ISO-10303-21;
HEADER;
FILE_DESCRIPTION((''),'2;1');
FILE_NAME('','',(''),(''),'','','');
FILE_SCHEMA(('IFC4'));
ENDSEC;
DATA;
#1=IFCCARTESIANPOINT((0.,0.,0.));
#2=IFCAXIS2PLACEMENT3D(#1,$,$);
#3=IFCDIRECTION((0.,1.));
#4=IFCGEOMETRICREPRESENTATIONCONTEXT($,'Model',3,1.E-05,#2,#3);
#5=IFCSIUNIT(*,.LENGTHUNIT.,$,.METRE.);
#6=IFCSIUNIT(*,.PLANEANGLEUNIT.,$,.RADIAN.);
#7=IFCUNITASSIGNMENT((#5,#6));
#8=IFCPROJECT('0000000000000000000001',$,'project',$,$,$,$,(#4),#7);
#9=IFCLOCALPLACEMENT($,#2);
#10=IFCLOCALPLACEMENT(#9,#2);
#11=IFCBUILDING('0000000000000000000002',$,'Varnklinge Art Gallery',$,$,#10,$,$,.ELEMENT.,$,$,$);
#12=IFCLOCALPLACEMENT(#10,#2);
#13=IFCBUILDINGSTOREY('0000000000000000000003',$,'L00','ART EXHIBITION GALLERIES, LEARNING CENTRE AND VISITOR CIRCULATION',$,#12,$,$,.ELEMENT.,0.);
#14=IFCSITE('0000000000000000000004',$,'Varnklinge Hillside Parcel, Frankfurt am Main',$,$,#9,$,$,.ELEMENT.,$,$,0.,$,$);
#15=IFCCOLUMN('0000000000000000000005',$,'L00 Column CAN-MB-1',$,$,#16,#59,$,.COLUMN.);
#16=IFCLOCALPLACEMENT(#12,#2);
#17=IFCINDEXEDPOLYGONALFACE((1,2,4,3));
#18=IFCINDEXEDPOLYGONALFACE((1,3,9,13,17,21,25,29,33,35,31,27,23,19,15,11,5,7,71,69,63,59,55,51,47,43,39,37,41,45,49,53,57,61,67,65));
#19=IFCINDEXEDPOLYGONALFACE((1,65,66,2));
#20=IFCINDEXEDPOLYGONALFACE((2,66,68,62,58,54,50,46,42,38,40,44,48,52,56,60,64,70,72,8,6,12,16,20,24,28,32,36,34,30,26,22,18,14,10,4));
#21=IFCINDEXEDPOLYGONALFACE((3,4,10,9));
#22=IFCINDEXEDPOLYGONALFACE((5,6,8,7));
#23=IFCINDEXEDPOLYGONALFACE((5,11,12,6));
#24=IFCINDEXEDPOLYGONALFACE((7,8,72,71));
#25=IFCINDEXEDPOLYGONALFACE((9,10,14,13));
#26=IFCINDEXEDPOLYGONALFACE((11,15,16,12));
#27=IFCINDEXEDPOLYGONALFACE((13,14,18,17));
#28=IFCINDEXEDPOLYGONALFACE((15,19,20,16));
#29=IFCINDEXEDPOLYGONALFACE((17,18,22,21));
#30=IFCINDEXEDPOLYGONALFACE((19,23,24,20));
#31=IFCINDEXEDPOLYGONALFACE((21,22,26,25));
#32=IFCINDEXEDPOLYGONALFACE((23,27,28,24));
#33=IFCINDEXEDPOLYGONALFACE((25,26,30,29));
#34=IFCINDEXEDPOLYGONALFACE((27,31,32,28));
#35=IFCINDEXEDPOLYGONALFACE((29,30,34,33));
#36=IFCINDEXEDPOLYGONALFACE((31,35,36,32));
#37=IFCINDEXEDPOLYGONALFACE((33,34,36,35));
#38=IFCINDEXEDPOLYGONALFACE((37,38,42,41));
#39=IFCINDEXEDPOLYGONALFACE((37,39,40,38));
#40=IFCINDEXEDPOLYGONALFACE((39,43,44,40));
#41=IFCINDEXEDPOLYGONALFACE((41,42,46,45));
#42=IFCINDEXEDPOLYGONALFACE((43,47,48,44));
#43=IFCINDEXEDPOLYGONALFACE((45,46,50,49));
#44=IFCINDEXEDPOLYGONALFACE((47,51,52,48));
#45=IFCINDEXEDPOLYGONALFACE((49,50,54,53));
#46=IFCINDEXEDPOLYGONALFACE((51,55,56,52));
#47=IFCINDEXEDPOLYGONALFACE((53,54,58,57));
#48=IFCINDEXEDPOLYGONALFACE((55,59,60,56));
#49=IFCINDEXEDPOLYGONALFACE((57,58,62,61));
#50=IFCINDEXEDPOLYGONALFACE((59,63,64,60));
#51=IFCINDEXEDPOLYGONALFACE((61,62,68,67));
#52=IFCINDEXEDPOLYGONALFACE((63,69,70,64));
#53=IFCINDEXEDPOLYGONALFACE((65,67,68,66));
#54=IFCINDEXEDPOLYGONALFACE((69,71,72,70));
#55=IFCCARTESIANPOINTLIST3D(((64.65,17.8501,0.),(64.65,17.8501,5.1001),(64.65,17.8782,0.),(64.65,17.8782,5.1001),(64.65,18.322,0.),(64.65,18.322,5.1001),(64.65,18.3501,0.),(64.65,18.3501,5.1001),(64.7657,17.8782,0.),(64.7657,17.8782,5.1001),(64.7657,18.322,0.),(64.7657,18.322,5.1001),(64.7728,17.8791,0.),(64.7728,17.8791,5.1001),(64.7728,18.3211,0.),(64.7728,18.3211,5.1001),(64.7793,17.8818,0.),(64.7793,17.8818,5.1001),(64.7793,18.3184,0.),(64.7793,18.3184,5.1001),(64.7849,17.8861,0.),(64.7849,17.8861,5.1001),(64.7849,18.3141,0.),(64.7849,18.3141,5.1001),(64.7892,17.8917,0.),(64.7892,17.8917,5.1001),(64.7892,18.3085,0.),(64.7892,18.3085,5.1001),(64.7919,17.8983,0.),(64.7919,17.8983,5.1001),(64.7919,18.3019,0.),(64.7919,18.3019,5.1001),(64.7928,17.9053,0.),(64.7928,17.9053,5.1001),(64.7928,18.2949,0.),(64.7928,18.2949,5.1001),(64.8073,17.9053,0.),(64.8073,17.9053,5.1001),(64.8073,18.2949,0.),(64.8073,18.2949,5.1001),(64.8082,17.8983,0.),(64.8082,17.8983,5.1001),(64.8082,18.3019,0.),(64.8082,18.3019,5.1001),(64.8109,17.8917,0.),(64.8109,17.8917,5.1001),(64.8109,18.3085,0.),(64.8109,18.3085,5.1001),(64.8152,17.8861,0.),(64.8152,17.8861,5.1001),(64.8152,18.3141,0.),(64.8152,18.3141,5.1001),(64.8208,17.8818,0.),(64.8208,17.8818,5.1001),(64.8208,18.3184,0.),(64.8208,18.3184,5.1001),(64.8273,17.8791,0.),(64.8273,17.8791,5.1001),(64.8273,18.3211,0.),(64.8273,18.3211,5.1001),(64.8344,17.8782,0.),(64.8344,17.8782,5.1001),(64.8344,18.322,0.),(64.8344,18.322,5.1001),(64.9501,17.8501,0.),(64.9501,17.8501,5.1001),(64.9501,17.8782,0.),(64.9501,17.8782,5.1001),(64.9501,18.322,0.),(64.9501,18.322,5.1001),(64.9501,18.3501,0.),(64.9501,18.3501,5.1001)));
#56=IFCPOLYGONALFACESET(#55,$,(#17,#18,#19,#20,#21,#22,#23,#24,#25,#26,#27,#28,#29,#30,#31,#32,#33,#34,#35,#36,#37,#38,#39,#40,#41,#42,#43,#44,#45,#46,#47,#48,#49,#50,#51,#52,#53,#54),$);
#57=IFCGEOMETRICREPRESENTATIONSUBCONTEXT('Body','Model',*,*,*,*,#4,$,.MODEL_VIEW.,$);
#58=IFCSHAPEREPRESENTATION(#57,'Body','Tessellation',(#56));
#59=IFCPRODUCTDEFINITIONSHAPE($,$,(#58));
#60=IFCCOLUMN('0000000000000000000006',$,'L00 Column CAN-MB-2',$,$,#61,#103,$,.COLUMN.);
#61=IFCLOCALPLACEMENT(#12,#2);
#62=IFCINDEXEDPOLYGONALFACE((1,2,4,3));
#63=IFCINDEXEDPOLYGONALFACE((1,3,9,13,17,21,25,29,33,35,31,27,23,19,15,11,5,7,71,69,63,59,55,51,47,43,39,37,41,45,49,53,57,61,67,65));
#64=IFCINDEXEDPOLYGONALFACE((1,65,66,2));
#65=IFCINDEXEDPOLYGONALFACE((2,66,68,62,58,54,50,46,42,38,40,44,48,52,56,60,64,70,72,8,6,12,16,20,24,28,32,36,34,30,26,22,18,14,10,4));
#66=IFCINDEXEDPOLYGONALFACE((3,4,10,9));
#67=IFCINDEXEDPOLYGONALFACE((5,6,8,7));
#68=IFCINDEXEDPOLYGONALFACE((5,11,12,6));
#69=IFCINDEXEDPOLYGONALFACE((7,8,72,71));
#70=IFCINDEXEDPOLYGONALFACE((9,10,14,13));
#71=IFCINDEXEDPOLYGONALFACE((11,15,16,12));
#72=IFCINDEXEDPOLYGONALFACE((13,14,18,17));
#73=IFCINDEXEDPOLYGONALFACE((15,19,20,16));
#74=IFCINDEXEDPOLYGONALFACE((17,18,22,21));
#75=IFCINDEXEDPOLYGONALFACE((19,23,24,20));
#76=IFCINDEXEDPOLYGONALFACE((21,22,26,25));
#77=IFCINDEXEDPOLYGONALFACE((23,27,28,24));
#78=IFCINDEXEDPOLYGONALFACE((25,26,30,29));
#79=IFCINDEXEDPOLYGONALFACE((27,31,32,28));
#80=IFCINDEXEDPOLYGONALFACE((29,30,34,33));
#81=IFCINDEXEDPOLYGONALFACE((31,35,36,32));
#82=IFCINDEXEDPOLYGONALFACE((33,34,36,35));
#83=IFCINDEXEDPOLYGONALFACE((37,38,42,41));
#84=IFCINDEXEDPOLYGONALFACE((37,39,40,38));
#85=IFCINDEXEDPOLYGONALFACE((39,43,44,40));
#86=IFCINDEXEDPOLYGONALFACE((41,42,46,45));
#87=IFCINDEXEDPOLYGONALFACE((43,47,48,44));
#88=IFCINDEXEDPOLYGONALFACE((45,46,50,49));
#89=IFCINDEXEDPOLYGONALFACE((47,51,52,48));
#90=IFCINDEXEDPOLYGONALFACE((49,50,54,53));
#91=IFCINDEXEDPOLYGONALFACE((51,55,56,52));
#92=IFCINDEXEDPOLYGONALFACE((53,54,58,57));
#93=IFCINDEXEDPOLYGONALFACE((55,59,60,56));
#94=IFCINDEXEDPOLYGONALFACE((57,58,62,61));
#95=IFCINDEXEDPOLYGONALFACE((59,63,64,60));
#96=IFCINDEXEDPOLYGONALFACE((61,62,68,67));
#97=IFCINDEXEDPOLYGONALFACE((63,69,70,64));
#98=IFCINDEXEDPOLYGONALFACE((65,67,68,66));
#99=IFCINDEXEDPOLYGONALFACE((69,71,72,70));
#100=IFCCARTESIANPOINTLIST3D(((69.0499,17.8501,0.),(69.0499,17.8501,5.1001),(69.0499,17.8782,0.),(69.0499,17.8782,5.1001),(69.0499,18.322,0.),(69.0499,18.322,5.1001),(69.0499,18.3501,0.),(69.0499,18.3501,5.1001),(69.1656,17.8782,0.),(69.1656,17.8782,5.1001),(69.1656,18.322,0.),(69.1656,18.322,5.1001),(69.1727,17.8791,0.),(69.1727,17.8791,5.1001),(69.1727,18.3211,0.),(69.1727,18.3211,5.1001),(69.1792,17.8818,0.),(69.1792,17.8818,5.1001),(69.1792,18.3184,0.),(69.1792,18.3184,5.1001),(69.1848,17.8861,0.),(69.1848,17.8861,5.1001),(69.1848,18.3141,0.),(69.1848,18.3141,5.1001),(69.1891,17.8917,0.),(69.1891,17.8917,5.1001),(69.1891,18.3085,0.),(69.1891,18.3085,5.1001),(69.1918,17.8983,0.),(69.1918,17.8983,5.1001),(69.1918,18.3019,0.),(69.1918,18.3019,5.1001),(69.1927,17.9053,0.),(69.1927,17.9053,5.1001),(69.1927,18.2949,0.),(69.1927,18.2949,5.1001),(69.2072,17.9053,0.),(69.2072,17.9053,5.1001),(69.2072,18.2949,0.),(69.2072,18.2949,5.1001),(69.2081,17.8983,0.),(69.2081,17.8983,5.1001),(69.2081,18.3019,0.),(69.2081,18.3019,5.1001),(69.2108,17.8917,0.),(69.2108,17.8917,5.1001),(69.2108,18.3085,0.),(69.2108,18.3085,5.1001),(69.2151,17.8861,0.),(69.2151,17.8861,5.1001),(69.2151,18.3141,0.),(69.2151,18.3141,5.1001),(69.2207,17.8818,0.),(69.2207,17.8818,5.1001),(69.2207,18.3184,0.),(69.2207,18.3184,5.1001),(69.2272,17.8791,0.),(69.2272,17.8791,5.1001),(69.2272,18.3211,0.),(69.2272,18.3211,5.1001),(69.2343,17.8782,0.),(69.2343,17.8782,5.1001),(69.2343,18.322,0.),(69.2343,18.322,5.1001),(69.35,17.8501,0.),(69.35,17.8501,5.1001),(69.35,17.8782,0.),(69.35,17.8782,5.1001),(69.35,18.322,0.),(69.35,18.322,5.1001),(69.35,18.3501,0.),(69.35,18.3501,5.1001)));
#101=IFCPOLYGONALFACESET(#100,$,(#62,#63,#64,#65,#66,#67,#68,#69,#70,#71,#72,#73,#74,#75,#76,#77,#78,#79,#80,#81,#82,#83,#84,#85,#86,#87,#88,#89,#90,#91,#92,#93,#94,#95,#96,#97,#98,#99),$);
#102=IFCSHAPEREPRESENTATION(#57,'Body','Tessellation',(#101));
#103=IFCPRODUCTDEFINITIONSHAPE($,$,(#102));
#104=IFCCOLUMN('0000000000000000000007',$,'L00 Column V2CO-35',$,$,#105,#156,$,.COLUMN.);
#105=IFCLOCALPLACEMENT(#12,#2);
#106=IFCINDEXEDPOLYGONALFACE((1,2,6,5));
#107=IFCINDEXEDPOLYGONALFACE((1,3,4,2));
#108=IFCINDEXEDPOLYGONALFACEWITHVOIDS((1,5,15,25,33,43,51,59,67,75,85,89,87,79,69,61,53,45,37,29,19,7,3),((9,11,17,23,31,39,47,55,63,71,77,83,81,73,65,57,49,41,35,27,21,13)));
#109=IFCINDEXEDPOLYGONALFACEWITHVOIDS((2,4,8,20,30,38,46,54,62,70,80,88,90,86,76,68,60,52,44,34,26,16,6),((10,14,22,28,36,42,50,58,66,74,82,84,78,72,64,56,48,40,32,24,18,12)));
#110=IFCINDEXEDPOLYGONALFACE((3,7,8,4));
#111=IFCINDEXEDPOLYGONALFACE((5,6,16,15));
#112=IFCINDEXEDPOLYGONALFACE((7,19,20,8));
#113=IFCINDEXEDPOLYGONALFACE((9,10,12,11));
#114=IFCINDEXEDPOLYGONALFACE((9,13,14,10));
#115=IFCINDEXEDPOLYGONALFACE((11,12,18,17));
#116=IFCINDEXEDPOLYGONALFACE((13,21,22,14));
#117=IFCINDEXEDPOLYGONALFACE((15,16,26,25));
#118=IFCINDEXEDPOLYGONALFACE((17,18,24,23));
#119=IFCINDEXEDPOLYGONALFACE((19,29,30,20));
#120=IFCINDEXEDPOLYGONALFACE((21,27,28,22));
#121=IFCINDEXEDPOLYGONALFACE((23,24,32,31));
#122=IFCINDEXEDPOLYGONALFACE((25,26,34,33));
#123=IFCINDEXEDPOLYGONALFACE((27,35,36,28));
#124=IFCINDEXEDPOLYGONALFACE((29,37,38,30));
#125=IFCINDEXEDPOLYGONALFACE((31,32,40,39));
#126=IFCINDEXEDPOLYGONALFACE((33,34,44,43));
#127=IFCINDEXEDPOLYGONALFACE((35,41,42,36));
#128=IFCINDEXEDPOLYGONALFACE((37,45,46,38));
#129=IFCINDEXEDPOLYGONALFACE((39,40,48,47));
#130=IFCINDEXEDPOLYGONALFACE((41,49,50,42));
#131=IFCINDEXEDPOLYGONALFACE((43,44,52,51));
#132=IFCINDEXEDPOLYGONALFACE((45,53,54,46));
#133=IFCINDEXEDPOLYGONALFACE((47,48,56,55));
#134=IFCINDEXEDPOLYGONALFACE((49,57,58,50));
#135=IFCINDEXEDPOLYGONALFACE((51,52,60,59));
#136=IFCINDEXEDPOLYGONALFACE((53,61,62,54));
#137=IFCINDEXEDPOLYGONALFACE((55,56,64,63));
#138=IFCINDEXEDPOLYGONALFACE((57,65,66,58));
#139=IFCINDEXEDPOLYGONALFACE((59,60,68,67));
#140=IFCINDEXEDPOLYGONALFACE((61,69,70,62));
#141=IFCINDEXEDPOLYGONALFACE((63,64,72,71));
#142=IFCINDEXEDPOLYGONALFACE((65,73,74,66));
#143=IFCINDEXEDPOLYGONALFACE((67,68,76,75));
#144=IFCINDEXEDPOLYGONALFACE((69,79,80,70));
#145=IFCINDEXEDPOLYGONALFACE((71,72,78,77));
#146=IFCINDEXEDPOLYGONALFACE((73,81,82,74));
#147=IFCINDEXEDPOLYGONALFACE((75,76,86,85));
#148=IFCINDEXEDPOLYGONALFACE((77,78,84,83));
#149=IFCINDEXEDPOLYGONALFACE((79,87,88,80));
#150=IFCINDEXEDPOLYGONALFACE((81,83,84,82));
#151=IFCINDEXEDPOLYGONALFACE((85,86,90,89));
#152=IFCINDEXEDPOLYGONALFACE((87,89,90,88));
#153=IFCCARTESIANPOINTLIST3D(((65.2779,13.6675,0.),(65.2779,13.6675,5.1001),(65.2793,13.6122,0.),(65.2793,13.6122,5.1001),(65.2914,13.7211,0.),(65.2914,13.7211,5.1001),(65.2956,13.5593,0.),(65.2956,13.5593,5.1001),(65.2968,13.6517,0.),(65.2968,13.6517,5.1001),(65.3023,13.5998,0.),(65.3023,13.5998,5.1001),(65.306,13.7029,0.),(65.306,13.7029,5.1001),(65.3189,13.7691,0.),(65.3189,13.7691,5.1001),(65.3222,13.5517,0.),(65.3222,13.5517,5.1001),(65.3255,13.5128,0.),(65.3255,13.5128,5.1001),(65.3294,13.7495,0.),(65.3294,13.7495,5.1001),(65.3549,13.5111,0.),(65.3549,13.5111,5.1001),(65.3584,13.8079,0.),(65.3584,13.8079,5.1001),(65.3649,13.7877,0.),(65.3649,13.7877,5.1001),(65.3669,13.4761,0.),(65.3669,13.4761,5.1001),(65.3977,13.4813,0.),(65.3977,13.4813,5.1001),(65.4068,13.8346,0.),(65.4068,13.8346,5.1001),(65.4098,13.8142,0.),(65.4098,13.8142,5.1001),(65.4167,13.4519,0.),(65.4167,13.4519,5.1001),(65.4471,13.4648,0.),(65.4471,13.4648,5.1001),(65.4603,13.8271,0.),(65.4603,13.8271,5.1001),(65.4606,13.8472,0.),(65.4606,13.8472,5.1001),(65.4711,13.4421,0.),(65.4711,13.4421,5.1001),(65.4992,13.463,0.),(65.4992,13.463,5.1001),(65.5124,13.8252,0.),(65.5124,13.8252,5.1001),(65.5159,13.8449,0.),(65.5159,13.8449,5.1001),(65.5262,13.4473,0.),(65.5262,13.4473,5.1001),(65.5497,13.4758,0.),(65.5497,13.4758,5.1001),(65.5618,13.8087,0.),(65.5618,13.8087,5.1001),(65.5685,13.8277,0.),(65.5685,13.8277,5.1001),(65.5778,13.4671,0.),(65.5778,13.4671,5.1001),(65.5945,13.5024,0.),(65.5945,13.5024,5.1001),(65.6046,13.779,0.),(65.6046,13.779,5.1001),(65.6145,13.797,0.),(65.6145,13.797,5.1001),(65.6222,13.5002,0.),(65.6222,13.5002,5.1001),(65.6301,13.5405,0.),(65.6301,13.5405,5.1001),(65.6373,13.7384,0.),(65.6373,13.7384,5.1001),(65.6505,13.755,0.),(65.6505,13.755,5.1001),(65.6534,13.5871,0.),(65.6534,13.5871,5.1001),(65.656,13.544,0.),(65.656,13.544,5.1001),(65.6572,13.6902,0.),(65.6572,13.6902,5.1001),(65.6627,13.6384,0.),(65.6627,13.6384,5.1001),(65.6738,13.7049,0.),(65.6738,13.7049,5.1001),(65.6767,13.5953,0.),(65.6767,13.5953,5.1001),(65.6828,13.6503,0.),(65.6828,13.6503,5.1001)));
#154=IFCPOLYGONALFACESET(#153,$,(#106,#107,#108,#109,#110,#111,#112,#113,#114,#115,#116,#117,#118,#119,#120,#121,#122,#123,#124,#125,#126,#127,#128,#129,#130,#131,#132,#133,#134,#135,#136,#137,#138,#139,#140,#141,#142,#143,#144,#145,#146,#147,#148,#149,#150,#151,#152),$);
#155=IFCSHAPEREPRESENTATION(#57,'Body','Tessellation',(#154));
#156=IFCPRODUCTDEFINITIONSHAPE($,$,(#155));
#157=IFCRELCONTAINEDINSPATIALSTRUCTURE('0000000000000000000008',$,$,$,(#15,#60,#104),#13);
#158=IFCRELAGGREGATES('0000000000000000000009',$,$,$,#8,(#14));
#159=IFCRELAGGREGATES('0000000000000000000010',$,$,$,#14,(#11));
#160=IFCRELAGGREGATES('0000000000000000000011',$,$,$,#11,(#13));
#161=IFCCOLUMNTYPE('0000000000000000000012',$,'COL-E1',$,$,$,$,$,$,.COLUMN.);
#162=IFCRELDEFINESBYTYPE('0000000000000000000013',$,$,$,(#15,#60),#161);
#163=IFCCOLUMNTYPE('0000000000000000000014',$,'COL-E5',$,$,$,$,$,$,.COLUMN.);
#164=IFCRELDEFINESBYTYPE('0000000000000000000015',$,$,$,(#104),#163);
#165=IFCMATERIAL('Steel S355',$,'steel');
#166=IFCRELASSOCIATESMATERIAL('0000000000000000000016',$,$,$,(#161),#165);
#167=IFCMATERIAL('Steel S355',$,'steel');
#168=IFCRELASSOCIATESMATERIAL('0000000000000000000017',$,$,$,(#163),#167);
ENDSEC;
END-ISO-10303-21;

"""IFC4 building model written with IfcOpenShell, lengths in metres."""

from ifc_helpers import new_model, si_unit, direction, frame, origin, origin_2d, place, context, subcontext, project, spatial, hollow_circle, i_section, extrude, material, material_profile, profile_set, type_object, element, save


model = new_model("IFC4")

# Units and contexts
model_context = context("Model", 3, precision=1e-05, world=origin(), true_north=direction((0.0, 1.0)))
body_context = subcontext(model_context, "Body", "Model", "MODEL_VIEW")
ifc_project = project(units=[si_unit("LENGTHUNIT", "METRE"), si_unit("PLANEANGLEUNIT", "RADIAN")], contexts=[model_context])

# Site, building, storey
site_placement = place(None, origin())
site = spatial("IfcSite", under=ifc_project, at=site_placement, Name="Varnklinge Hillside Parcel, Frankfurt am Main", CompositionType="ELEMENT", RefElevation=0.0)
building_placement = place(site_placement, origin())
building = spatial("IfcBuilding", under=site, at=building_placement, Name="Varnklinge Art Gallery", CompositionType="ELEMENT")
storey_placement = place(building_placement, origin())
storey = spatial("IfcBuildingStorey", under=building, at=storey_placement, Name="L00", Description="ART EXHIBITION GALLERIES, LEARNING CENTRE AND VISITOR CIRCULATION", CompositionType="ELEMENT", Elevation=0.0)

# Columns
ifc_material_1 = material(Name="Steel S355", Category="steel")
ifc_material_profile_1 = material_profile(ifc_material_1, i_section(OverallWidth=0.3, OverallDepth=0.5, WebThickness=0.0144, FlangeThickness=0.0281, FilletRadius=0.0271, at=origin_2d()), Name="HEB 500")
ifc_profile_set_1 = profile_set([ifc_material_profile_1], Name="Steel S355")
column_type_1 = type_object("IfcColumnType", Name="COL-E1", PredefinedType="COLUMN", material=ifc_profile_set_1)
for number, where, z_axis, x_axis, name in (
    (1, (64.8, 18.1001, 0.0), (0.0, 0.0, 1.0), (1.0, 0.0, 0.0), "L00 Column CAN-MB-1"),
    (2, (69.2, 18.1001, 0.0), (0.0, 0.0, 1.0), (1.0, 0.0, 0.0), "L00 Column CAN-MB-2"),
):
    element("IfcColumn", number, at=place(storey_placement, frame(where, z_axis=z_axis, x_axis=x_axis)), inside=storey, type_object=column_type_1, Name=name, PredefinedType="COLUMN", context=body_context, shape_type="SweptSolid", body=[
        extrude(i_section(OverallWidth=0.3, OverallDepth=0.5, WebThickness=0.0144, FlangeThickness=0.0281, FilletRadius=0.0271, at=origin_2d()), origin(), (0.0, 0.0, 1.0), 5.1001),
    ])
ifc_material_2 = material(Name="Steel S355", Category="steel")
ifc_material_profile_2 = material_profile(ifc_material_2, hollow_circle(Radius=0.2031, WallThickness=0.02, at=origin_2d()), Name="CHS 406.4x20")
ifc_profile_set_2 = profile_set([ifc_material_profile_2], Name="Steel S355")
column_type_2 = type_object("IfcColumnType", Name="COL-E5", PredefinedType="COLUMN", material=ifc_profile_set_2)
for number, where, z_axis, x_axis, name in (
    (3, (65.4797, 13.645, 0.0), (0.0, 0.0, 1.0), (0.178115, 0.98401, 0.0), "L00 Column V2CO-35"),
):
    element("IfcColumn", number, at=place(storey_placement, frame(where, z_axis=z_axis, x_axis=x_axis)), inside=storey, type_object=column_type_2, Name=name, PredefinedType="COLUMN", context=body_context, shape_type="SweptSolid", body=[
        extrude(hollow_circle(Radius=0.2031, WallThickness=0.02, at=origin_2d()), origin(), (0.0, 0.0, 1.0), 5.1001),
    ])

save(model, "model.ifc")
